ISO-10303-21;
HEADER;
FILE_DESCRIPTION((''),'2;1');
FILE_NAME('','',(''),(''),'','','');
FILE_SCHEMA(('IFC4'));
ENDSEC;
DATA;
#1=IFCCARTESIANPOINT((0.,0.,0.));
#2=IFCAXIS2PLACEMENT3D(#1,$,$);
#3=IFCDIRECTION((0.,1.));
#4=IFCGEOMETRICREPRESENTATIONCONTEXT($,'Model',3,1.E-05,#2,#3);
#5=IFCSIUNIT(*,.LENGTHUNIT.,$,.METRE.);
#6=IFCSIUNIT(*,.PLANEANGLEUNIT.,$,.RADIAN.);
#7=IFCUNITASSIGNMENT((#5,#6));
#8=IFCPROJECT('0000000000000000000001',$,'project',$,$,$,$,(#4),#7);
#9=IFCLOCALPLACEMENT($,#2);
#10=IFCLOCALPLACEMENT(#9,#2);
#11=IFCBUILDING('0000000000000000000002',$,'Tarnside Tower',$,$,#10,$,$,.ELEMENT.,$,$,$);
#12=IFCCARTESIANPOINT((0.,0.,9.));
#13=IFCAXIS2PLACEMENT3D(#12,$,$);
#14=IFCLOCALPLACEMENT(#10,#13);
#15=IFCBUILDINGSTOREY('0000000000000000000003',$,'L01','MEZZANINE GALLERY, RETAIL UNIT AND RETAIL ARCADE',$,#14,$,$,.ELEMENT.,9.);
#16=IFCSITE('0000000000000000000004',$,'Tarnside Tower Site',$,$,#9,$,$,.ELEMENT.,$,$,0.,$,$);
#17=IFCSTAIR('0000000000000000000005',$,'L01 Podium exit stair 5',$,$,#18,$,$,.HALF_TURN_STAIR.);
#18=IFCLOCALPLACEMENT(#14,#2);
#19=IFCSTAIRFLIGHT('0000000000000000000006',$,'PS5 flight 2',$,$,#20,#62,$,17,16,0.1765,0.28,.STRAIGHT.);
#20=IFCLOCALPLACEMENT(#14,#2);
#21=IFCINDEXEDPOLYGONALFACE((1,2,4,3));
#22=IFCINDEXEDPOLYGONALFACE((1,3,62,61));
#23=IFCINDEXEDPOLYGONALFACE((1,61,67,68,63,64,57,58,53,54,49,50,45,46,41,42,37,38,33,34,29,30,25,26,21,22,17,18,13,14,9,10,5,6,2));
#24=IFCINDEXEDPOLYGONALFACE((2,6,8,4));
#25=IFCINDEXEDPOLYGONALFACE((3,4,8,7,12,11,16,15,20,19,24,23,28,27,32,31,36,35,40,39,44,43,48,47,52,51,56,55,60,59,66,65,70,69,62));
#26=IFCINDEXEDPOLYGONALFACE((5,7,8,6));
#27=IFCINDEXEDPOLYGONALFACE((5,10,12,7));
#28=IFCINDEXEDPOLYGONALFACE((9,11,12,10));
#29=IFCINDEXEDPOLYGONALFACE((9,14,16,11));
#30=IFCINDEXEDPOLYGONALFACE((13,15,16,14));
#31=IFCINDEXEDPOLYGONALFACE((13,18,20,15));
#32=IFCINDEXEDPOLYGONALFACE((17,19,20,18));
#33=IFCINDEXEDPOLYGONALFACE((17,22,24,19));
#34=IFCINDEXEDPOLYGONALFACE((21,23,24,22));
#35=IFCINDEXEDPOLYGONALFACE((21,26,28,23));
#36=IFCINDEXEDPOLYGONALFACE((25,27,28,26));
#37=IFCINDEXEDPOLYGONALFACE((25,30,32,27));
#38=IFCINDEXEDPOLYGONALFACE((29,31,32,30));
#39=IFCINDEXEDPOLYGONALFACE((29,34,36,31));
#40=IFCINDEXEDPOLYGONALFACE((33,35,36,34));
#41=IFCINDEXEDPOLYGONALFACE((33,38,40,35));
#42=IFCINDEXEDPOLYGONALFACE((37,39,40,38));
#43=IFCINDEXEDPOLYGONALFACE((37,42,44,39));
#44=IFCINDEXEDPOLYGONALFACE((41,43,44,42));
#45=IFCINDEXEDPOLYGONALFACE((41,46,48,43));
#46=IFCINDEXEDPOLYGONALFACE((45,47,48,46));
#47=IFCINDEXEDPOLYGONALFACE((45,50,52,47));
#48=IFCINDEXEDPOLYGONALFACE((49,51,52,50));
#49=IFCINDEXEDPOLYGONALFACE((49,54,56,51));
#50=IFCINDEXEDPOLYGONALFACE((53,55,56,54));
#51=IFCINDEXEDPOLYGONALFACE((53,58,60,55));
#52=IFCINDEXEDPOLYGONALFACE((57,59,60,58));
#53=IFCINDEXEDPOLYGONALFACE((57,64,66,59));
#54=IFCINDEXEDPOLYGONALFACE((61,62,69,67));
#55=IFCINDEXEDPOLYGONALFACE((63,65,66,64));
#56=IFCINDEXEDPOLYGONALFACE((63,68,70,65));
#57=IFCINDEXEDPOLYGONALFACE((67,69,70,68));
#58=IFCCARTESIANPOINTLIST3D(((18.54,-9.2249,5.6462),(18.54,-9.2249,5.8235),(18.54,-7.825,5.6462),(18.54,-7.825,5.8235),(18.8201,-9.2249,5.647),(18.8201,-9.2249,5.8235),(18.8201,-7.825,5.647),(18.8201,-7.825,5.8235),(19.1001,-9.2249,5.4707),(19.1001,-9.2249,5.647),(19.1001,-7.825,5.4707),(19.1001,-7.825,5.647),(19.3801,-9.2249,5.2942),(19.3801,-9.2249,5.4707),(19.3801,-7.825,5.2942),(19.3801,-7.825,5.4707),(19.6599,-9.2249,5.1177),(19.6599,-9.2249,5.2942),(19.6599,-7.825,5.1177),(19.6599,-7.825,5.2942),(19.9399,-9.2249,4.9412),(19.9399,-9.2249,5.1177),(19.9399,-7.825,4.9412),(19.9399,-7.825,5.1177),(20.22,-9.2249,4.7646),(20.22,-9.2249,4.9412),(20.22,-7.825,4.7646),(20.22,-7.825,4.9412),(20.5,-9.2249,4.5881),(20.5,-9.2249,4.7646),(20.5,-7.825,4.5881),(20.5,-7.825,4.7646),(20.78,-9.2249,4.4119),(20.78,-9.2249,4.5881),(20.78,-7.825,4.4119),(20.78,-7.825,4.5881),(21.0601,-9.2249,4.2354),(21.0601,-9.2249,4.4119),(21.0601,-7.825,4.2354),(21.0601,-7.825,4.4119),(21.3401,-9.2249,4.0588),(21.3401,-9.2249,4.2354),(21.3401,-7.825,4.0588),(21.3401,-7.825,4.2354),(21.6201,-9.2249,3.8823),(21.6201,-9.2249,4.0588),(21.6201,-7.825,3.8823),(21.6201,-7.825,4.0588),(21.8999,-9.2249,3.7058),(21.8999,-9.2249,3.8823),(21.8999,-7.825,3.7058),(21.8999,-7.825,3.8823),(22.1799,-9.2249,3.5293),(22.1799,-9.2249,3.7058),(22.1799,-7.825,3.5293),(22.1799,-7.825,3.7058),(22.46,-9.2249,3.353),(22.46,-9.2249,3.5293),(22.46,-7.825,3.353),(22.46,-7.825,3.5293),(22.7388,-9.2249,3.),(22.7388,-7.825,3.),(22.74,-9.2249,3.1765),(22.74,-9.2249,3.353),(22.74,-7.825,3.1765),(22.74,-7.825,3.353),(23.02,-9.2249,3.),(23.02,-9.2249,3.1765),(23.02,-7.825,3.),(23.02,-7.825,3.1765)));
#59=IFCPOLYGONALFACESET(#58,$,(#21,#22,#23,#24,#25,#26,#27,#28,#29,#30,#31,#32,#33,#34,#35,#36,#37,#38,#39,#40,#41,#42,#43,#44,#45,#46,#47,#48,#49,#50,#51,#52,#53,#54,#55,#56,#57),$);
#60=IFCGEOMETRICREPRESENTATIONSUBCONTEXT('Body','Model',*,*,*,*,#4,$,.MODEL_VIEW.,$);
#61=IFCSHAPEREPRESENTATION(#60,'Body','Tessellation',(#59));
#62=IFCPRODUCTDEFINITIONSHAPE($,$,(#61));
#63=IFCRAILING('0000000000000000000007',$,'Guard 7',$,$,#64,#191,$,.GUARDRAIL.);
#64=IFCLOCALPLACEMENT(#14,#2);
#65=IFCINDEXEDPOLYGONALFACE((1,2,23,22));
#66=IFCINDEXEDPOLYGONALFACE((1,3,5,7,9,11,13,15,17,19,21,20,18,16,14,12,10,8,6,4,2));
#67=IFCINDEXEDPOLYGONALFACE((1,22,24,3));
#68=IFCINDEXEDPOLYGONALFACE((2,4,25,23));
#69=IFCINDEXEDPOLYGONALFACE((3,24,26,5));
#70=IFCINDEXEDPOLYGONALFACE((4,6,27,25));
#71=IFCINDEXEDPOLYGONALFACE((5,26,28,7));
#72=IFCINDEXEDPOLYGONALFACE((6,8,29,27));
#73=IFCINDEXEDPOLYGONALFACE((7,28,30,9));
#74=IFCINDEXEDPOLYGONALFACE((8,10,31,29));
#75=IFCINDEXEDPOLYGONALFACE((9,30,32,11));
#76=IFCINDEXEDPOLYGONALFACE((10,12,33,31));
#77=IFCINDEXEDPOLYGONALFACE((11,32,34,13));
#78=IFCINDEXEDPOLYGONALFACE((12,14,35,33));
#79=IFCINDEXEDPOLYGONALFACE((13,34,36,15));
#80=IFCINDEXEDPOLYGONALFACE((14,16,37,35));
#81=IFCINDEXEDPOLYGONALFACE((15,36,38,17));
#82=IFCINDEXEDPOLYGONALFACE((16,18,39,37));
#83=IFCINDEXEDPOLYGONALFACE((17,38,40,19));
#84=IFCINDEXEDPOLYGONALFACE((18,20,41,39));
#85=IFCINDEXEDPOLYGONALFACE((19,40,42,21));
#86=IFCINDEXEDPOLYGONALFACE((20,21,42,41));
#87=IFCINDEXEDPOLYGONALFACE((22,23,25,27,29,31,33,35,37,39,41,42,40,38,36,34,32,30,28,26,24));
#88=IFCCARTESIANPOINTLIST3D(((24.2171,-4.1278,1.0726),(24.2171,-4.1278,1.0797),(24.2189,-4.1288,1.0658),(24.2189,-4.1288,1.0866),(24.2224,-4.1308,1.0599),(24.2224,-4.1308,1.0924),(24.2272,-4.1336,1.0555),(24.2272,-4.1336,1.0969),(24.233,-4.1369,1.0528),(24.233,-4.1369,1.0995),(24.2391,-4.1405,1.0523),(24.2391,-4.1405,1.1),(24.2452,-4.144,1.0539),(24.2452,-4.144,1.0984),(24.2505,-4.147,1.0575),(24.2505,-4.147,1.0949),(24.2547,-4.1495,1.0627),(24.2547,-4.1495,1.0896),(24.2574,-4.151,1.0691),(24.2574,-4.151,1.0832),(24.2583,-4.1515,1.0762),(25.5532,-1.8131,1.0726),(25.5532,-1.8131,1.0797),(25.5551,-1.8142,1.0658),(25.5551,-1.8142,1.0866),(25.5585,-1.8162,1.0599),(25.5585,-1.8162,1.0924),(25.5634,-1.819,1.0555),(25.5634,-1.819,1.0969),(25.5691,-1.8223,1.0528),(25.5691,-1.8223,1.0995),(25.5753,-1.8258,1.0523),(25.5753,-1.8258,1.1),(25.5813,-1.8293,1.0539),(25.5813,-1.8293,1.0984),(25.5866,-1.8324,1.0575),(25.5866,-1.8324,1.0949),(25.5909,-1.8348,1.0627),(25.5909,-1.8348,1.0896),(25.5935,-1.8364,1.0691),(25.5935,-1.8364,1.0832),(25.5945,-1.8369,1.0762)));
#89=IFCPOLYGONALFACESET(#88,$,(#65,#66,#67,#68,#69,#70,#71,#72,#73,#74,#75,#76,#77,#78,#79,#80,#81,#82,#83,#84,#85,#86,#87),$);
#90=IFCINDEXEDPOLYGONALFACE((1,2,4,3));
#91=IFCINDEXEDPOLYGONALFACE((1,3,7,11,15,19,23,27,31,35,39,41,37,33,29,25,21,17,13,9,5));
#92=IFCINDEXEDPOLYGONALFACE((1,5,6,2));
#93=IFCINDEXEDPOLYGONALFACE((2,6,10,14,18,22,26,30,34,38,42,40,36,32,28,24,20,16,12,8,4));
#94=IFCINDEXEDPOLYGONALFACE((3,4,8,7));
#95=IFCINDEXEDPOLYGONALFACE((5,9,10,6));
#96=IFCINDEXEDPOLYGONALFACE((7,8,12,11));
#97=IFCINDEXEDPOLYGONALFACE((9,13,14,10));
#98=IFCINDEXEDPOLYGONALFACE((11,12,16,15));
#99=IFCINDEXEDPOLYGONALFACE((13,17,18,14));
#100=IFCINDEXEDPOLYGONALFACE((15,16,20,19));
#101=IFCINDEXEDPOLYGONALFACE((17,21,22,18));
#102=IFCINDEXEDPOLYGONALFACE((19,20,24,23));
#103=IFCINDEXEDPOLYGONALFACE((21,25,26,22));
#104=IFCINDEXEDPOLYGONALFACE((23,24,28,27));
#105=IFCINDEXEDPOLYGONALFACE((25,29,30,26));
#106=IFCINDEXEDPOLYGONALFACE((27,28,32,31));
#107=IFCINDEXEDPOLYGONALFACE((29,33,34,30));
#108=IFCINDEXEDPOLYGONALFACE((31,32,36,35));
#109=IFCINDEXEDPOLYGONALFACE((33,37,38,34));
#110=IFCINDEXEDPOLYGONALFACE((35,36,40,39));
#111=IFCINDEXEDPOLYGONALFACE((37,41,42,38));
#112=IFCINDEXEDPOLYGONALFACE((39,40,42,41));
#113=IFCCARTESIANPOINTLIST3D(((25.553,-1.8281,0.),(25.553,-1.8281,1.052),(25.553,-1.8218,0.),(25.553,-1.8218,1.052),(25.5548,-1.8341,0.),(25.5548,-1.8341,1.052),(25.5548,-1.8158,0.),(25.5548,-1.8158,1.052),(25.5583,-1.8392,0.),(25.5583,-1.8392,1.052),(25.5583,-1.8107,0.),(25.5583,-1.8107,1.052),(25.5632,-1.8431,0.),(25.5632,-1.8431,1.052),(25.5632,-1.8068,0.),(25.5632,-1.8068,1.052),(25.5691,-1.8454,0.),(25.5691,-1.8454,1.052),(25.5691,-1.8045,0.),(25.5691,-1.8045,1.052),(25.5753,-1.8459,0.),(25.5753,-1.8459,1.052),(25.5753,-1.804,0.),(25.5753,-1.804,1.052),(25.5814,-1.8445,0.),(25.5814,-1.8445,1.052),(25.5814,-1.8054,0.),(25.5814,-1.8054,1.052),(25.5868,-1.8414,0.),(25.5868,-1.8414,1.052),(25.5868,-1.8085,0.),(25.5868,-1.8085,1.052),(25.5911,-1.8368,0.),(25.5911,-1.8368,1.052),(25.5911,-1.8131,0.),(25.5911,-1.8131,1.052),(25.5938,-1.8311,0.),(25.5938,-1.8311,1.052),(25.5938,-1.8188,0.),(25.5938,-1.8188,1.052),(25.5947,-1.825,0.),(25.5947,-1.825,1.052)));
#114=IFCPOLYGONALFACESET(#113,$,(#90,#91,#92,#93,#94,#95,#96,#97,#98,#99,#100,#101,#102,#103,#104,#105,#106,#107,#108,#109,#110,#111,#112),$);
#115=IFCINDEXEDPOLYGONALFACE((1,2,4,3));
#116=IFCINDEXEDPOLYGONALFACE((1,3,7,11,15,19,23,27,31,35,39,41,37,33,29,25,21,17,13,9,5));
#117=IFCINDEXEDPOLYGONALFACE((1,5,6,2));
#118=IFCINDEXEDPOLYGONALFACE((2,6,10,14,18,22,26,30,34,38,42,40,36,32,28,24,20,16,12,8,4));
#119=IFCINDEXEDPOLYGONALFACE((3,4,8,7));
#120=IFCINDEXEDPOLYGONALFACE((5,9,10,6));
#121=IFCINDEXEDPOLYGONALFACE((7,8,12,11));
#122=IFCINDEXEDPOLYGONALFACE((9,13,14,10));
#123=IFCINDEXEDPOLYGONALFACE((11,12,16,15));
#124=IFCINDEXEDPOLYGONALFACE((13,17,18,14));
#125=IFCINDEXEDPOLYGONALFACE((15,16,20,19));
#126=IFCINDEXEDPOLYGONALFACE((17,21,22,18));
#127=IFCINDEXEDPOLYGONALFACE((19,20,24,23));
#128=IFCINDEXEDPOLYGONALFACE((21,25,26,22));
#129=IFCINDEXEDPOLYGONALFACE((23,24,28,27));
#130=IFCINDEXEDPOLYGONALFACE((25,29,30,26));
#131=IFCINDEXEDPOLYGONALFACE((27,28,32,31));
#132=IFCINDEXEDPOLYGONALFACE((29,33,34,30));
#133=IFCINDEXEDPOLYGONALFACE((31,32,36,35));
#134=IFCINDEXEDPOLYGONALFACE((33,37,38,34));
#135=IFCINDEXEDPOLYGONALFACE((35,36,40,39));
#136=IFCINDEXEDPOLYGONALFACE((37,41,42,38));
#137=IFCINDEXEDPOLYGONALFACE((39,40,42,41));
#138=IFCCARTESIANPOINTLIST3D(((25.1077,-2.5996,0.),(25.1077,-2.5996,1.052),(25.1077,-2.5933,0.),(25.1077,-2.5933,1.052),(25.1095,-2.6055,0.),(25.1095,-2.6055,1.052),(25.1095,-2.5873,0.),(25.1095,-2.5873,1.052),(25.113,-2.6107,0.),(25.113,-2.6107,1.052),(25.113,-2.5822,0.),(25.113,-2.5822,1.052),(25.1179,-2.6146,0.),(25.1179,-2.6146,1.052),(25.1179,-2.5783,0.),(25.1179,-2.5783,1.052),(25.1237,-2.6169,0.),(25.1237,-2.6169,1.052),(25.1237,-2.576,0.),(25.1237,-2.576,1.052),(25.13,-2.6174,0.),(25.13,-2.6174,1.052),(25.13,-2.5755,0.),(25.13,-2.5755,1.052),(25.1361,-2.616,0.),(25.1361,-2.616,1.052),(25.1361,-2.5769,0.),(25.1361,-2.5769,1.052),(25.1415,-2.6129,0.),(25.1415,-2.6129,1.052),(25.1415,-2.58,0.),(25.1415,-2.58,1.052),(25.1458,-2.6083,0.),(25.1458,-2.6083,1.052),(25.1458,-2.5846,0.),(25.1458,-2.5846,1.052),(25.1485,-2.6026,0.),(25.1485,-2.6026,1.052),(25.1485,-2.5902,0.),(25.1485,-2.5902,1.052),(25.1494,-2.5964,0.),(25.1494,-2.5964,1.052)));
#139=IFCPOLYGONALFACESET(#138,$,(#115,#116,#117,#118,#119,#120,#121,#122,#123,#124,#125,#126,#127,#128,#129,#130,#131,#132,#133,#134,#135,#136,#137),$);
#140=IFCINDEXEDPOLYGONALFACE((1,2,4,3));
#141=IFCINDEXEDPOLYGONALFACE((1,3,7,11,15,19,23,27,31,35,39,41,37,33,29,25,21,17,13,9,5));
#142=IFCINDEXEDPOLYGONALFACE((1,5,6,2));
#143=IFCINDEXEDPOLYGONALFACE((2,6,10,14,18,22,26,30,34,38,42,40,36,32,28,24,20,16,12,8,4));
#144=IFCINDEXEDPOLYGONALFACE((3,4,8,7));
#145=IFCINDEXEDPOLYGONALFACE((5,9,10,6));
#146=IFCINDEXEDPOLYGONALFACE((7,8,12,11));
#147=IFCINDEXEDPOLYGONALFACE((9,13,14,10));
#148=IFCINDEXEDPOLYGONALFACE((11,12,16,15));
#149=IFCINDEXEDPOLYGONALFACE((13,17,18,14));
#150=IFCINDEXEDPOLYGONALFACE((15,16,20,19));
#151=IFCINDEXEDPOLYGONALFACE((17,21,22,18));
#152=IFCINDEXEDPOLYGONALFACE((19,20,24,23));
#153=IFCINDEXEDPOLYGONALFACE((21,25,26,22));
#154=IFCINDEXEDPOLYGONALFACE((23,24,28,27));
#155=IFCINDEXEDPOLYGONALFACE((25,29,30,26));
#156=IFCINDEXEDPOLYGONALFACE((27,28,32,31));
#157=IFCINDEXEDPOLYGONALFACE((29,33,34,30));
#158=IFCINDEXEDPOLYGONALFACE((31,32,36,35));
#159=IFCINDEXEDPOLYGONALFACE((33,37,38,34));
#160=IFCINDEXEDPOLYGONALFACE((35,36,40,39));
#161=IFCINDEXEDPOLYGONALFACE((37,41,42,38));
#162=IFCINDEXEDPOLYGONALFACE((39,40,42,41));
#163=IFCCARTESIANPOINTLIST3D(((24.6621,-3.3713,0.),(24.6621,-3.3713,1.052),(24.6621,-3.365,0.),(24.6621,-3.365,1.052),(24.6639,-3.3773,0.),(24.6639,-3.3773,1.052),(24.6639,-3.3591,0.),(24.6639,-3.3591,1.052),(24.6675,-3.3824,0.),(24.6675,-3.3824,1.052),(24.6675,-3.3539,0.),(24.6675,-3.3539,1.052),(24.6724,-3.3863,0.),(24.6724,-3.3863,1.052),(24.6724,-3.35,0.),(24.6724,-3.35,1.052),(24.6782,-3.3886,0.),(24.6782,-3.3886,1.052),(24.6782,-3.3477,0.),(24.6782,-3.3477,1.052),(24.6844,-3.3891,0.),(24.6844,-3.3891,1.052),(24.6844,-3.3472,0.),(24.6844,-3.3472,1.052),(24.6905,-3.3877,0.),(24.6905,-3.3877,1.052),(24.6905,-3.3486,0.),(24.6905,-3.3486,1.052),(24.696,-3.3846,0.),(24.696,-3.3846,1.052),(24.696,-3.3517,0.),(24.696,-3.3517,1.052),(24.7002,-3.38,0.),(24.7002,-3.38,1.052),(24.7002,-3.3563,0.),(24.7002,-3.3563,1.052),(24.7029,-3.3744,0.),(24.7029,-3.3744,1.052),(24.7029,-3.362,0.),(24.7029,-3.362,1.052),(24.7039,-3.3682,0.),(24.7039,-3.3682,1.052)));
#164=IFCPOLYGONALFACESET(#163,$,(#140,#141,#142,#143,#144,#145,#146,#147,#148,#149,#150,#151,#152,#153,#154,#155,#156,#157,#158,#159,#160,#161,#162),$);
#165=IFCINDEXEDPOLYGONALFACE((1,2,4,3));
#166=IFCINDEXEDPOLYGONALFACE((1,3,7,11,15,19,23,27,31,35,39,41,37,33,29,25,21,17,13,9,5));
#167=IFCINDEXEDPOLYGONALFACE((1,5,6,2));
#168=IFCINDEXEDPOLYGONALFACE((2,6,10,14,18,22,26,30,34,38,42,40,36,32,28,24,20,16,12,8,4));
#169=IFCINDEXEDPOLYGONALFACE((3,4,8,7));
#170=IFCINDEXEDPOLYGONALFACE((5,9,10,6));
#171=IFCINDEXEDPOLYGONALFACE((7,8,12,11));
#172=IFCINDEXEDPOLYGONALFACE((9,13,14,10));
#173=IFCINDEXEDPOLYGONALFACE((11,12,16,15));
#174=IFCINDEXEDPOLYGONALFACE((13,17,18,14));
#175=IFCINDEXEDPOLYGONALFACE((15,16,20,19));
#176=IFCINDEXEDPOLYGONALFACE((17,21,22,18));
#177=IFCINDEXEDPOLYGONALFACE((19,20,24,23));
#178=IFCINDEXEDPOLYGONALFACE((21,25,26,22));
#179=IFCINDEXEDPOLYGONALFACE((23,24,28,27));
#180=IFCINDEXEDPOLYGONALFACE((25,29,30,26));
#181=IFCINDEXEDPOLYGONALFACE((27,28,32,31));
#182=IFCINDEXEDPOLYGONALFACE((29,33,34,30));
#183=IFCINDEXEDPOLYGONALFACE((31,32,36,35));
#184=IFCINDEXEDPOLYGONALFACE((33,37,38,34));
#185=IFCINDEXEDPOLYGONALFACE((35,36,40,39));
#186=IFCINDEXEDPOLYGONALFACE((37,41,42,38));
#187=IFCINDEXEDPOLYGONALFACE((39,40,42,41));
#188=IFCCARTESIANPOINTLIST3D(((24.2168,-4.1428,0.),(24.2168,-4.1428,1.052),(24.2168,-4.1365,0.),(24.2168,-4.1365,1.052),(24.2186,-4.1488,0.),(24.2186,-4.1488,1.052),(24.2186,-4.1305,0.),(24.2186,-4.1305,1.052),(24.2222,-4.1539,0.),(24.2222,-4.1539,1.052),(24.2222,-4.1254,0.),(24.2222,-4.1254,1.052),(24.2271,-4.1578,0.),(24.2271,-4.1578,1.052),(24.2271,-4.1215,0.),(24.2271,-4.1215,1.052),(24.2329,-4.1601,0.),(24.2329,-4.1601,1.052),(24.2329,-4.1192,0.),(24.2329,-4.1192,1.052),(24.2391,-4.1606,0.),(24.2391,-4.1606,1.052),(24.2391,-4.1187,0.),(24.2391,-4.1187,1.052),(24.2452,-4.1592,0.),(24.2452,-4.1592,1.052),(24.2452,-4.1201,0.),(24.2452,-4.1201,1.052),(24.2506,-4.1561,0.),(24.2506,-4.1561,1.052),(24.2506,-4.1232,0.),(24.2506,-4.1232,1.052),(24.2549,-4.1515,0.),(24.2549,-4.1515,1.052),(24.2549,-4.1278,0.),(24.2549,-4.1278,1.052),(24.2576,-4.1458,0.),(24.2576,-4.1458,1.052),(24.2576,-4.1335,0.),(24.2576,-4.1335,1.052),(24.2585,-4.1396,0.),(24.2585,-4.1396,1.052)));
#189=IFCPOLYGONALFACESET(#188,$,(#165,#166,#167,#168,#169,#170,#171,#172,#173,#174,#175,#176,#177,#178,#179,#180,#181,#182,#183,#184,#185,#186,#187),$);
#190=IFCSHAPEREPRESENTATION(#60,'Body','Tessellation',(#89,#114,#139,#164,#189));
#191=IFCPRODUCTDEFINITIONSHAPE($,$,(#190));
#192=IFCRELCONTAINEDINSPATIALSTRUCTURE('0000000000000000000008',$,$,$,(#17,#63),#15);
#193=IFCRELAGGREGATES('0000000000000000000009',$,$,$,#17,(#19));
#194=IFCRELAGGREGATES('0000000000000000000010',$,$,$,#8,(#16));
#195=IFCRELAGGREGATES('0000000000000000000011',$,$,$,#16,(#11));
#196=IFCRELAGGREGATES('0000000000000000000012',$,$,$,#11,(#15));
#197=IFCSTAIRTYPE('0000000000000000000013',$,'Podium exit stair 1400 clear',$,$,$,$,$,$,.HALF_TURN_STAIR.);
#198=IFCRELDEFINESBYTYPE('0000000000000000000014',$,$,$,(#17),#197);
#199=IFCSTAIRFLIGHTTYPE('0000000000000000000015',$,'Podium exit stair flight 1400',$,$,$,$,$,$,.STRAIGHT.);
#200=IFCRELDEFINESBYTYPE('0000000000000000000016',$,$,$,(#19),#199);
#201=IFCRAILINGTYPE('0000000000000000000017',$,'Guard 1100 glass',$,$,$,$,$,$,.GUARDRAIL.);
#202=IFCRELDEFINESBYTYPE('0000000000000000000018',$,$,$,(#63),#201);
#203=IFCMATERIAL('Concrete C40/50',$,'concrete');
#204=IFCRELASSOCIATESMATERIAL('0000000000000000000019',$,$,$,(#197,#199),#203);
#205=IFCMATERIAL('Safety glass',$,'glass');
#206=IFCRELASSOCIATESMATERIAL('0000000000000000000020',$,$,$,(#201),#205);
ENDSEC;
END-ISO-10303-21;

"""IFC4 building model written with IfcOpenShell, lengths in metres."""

from ifc_helpers import new_model, si_unit, direction, frame, origin, origin_2d, place, context, subcontext, project, spatial, polyline, circle, outline, extrude, material, type_object, element, aggregate, save


model = new_model("IFC4")

# Units and contexts
model_context = context("Model", 3, precision=1e-05, world=origin(), true_north=direction((0.0, 1.0)))
body_context = subcontext(model_context, "Body", "Model", "MODEL_VIEW")
ifc_project = project(units=[si_unit("LENGTHUNIT", "METRE"), si_unit("PLANEANGLEUNIT", "RADIAN")], contexts=[model_context])

# Site, building, storey
site_placement = place(None, origin())
site = spatial("IfcSite", under=ifc_project, at=site_placement, Name="Tarnside Tower Site", CompositionType="ELEMENT", RefElevation=0.0)
building_placement = place(site_placement, origin())
building = spatial("IfcBuilding", under=site, at=building_placement, Name="Tarnside Tower", CompositionType="ELEMENT")
storey_placement = place(building_placement, frame((0.0, 0.0, 9.0)))
storey = spatial("IfcBuildingStorey", under=building, at=storey_placement, Name="L01", Description="MEZZANINE GALLERY, RETAIL UNIT AND RETAIL ARCADE", CompositionType="ELEMENT", Elevation=9.0)

# Stair, stair flight
ifc_material_1 = material(Name="Concrete C40/50", Category="concrete")
stair_type = type_object("IfcStairType", Name="Podium exit stair 1400 clear", PredefinedType="HALF_TURN_STAIR", material=ifc_material_1)
stair_flight_type = type_object("IfcStairFlightType", Name="Podium exit stair flight 1400", PredefinedType="STRAIGHT", material=ifc_material_1)
stair_1_placement = place(storey_placement, origin())
stair_1 = element("IfcStair", 1, at=stair_1_placement, inside=storey, type_object=stair_type, Name="L01 Podium exit stair 5", PredefinedType="HALF_TURN_STAIR")
stair_flight_1_placement = place(storey_placement, frame((23.02, -8.5249, 3.0), z_axis=(0.0, 0.0, 1.0), x_axis=(-1.0, 0.0, 0.0)))
stair_flight_1 = element("IfcStairFlight", 2, at=stair_flight_1_placement, type_object=stair_flight_type, Name="PS5 flight 2", NumberOfRisers=17, NumberOfTreads=16, PredefinedType="STRAIGHT", RiserHeight=0.1765, TreadLength=0.28, context=body_context, shape_type="SweptSolid", body=[
    extrude(outline(polyline([(0.0, 0.0), (0.0, 0.1765), (0.28, 0.1765), (0.28, 0.353), (0.5601, 0.353), (0.5601, 0.5293), (0.8401, 0.5293), (0.8401, 0.7058), (1.1201, 0.7058), (1.1201, 0.8823), (1.3999, 0.8823), (1.3999, 1.0588), (1.6799, 1.0588), (1.6799, 1.2354), (1.96, 1.2354), (1.96, 1.4119), (2.24, 1.4119), (2.24, 1.5881), (2.52, 1.5881), (2.52, 1.7646), (2.8, 1.7646), (2.8, 1.9412), (3.0801, 1.9412), (3.0801, 2.1177), (3.3601, 2.1177), (3.3601, 2.2942), (3.6399, 2.2942), (3.6399, 2.4707), (3.9199, 2.4707), (3.9199, 2.647), (4.2, 2.647), (4.2, 2.8235), (4.48, 2.8235), (4.48, 3.0), (4.48, 2.6462), (0.2812, 0.0), (0.0, 0.0)])), frame((0.0, 0.7, 0.0), z_axis=(0.0, -1.0, 0.0), x_axis=(1.0, 0.0, 0.0)), (0.0, 0.0, 1.0), 1.3999),
])
aggregate(stair_1, [stair_flight_1])

# Railing
ifc_material_2 = material(Name="Safety glass", Category="glass")
railing_type_1 = type_object("IfcRailingType", Name="Guard 1100 glass", PredefinedType="GUARDRAIL", material=ifc_material_2)
railing_1_placement = place(storey_placement, frame((25.5737, -1.825, 0.0)))
element("IfcRailing", 3, at=railing_1_placement, inside=storey, type_object=railing_type_1, Name="Guard 7", PredefinedType="GUARDRAIL", context=body_context, shape_type="SweptSolid", body=[
    extrude(circle(Radius=0.0239, at=origin_2d()), frame((0.0, 0.0, 1.0762), z_axis=(-0.499941, -0.866059, 0.0), x_axis=(0.866059, -0.499941, 0.0)), (0.0, 0.0, 1.0), 2.6726),
    extrude(circle(Radius=0.021, at=origin_2d()), origin(), (0.0, 0.0, 1.0), 1.052),
    extrude(circle(Radius=0.021, at=origin_2d()), frame((-0.4453, -0.7715, 0.0)), (0.0, 0.0, 1.0), 1.052),
    extrude(circle(Radius=0.021, at=origin_2d()), frame((-0.8909, -1.5432, 0.0)), (0.0, 0.0, 1.0), 1.052),
    extrude(circle(Radius=0.021, at=origin_2d()), frame((-1.3362, -2.3147, 0.0)), (0.0, 0.0, 1.0), 1.052),
])

save(model, "model.ifc")
